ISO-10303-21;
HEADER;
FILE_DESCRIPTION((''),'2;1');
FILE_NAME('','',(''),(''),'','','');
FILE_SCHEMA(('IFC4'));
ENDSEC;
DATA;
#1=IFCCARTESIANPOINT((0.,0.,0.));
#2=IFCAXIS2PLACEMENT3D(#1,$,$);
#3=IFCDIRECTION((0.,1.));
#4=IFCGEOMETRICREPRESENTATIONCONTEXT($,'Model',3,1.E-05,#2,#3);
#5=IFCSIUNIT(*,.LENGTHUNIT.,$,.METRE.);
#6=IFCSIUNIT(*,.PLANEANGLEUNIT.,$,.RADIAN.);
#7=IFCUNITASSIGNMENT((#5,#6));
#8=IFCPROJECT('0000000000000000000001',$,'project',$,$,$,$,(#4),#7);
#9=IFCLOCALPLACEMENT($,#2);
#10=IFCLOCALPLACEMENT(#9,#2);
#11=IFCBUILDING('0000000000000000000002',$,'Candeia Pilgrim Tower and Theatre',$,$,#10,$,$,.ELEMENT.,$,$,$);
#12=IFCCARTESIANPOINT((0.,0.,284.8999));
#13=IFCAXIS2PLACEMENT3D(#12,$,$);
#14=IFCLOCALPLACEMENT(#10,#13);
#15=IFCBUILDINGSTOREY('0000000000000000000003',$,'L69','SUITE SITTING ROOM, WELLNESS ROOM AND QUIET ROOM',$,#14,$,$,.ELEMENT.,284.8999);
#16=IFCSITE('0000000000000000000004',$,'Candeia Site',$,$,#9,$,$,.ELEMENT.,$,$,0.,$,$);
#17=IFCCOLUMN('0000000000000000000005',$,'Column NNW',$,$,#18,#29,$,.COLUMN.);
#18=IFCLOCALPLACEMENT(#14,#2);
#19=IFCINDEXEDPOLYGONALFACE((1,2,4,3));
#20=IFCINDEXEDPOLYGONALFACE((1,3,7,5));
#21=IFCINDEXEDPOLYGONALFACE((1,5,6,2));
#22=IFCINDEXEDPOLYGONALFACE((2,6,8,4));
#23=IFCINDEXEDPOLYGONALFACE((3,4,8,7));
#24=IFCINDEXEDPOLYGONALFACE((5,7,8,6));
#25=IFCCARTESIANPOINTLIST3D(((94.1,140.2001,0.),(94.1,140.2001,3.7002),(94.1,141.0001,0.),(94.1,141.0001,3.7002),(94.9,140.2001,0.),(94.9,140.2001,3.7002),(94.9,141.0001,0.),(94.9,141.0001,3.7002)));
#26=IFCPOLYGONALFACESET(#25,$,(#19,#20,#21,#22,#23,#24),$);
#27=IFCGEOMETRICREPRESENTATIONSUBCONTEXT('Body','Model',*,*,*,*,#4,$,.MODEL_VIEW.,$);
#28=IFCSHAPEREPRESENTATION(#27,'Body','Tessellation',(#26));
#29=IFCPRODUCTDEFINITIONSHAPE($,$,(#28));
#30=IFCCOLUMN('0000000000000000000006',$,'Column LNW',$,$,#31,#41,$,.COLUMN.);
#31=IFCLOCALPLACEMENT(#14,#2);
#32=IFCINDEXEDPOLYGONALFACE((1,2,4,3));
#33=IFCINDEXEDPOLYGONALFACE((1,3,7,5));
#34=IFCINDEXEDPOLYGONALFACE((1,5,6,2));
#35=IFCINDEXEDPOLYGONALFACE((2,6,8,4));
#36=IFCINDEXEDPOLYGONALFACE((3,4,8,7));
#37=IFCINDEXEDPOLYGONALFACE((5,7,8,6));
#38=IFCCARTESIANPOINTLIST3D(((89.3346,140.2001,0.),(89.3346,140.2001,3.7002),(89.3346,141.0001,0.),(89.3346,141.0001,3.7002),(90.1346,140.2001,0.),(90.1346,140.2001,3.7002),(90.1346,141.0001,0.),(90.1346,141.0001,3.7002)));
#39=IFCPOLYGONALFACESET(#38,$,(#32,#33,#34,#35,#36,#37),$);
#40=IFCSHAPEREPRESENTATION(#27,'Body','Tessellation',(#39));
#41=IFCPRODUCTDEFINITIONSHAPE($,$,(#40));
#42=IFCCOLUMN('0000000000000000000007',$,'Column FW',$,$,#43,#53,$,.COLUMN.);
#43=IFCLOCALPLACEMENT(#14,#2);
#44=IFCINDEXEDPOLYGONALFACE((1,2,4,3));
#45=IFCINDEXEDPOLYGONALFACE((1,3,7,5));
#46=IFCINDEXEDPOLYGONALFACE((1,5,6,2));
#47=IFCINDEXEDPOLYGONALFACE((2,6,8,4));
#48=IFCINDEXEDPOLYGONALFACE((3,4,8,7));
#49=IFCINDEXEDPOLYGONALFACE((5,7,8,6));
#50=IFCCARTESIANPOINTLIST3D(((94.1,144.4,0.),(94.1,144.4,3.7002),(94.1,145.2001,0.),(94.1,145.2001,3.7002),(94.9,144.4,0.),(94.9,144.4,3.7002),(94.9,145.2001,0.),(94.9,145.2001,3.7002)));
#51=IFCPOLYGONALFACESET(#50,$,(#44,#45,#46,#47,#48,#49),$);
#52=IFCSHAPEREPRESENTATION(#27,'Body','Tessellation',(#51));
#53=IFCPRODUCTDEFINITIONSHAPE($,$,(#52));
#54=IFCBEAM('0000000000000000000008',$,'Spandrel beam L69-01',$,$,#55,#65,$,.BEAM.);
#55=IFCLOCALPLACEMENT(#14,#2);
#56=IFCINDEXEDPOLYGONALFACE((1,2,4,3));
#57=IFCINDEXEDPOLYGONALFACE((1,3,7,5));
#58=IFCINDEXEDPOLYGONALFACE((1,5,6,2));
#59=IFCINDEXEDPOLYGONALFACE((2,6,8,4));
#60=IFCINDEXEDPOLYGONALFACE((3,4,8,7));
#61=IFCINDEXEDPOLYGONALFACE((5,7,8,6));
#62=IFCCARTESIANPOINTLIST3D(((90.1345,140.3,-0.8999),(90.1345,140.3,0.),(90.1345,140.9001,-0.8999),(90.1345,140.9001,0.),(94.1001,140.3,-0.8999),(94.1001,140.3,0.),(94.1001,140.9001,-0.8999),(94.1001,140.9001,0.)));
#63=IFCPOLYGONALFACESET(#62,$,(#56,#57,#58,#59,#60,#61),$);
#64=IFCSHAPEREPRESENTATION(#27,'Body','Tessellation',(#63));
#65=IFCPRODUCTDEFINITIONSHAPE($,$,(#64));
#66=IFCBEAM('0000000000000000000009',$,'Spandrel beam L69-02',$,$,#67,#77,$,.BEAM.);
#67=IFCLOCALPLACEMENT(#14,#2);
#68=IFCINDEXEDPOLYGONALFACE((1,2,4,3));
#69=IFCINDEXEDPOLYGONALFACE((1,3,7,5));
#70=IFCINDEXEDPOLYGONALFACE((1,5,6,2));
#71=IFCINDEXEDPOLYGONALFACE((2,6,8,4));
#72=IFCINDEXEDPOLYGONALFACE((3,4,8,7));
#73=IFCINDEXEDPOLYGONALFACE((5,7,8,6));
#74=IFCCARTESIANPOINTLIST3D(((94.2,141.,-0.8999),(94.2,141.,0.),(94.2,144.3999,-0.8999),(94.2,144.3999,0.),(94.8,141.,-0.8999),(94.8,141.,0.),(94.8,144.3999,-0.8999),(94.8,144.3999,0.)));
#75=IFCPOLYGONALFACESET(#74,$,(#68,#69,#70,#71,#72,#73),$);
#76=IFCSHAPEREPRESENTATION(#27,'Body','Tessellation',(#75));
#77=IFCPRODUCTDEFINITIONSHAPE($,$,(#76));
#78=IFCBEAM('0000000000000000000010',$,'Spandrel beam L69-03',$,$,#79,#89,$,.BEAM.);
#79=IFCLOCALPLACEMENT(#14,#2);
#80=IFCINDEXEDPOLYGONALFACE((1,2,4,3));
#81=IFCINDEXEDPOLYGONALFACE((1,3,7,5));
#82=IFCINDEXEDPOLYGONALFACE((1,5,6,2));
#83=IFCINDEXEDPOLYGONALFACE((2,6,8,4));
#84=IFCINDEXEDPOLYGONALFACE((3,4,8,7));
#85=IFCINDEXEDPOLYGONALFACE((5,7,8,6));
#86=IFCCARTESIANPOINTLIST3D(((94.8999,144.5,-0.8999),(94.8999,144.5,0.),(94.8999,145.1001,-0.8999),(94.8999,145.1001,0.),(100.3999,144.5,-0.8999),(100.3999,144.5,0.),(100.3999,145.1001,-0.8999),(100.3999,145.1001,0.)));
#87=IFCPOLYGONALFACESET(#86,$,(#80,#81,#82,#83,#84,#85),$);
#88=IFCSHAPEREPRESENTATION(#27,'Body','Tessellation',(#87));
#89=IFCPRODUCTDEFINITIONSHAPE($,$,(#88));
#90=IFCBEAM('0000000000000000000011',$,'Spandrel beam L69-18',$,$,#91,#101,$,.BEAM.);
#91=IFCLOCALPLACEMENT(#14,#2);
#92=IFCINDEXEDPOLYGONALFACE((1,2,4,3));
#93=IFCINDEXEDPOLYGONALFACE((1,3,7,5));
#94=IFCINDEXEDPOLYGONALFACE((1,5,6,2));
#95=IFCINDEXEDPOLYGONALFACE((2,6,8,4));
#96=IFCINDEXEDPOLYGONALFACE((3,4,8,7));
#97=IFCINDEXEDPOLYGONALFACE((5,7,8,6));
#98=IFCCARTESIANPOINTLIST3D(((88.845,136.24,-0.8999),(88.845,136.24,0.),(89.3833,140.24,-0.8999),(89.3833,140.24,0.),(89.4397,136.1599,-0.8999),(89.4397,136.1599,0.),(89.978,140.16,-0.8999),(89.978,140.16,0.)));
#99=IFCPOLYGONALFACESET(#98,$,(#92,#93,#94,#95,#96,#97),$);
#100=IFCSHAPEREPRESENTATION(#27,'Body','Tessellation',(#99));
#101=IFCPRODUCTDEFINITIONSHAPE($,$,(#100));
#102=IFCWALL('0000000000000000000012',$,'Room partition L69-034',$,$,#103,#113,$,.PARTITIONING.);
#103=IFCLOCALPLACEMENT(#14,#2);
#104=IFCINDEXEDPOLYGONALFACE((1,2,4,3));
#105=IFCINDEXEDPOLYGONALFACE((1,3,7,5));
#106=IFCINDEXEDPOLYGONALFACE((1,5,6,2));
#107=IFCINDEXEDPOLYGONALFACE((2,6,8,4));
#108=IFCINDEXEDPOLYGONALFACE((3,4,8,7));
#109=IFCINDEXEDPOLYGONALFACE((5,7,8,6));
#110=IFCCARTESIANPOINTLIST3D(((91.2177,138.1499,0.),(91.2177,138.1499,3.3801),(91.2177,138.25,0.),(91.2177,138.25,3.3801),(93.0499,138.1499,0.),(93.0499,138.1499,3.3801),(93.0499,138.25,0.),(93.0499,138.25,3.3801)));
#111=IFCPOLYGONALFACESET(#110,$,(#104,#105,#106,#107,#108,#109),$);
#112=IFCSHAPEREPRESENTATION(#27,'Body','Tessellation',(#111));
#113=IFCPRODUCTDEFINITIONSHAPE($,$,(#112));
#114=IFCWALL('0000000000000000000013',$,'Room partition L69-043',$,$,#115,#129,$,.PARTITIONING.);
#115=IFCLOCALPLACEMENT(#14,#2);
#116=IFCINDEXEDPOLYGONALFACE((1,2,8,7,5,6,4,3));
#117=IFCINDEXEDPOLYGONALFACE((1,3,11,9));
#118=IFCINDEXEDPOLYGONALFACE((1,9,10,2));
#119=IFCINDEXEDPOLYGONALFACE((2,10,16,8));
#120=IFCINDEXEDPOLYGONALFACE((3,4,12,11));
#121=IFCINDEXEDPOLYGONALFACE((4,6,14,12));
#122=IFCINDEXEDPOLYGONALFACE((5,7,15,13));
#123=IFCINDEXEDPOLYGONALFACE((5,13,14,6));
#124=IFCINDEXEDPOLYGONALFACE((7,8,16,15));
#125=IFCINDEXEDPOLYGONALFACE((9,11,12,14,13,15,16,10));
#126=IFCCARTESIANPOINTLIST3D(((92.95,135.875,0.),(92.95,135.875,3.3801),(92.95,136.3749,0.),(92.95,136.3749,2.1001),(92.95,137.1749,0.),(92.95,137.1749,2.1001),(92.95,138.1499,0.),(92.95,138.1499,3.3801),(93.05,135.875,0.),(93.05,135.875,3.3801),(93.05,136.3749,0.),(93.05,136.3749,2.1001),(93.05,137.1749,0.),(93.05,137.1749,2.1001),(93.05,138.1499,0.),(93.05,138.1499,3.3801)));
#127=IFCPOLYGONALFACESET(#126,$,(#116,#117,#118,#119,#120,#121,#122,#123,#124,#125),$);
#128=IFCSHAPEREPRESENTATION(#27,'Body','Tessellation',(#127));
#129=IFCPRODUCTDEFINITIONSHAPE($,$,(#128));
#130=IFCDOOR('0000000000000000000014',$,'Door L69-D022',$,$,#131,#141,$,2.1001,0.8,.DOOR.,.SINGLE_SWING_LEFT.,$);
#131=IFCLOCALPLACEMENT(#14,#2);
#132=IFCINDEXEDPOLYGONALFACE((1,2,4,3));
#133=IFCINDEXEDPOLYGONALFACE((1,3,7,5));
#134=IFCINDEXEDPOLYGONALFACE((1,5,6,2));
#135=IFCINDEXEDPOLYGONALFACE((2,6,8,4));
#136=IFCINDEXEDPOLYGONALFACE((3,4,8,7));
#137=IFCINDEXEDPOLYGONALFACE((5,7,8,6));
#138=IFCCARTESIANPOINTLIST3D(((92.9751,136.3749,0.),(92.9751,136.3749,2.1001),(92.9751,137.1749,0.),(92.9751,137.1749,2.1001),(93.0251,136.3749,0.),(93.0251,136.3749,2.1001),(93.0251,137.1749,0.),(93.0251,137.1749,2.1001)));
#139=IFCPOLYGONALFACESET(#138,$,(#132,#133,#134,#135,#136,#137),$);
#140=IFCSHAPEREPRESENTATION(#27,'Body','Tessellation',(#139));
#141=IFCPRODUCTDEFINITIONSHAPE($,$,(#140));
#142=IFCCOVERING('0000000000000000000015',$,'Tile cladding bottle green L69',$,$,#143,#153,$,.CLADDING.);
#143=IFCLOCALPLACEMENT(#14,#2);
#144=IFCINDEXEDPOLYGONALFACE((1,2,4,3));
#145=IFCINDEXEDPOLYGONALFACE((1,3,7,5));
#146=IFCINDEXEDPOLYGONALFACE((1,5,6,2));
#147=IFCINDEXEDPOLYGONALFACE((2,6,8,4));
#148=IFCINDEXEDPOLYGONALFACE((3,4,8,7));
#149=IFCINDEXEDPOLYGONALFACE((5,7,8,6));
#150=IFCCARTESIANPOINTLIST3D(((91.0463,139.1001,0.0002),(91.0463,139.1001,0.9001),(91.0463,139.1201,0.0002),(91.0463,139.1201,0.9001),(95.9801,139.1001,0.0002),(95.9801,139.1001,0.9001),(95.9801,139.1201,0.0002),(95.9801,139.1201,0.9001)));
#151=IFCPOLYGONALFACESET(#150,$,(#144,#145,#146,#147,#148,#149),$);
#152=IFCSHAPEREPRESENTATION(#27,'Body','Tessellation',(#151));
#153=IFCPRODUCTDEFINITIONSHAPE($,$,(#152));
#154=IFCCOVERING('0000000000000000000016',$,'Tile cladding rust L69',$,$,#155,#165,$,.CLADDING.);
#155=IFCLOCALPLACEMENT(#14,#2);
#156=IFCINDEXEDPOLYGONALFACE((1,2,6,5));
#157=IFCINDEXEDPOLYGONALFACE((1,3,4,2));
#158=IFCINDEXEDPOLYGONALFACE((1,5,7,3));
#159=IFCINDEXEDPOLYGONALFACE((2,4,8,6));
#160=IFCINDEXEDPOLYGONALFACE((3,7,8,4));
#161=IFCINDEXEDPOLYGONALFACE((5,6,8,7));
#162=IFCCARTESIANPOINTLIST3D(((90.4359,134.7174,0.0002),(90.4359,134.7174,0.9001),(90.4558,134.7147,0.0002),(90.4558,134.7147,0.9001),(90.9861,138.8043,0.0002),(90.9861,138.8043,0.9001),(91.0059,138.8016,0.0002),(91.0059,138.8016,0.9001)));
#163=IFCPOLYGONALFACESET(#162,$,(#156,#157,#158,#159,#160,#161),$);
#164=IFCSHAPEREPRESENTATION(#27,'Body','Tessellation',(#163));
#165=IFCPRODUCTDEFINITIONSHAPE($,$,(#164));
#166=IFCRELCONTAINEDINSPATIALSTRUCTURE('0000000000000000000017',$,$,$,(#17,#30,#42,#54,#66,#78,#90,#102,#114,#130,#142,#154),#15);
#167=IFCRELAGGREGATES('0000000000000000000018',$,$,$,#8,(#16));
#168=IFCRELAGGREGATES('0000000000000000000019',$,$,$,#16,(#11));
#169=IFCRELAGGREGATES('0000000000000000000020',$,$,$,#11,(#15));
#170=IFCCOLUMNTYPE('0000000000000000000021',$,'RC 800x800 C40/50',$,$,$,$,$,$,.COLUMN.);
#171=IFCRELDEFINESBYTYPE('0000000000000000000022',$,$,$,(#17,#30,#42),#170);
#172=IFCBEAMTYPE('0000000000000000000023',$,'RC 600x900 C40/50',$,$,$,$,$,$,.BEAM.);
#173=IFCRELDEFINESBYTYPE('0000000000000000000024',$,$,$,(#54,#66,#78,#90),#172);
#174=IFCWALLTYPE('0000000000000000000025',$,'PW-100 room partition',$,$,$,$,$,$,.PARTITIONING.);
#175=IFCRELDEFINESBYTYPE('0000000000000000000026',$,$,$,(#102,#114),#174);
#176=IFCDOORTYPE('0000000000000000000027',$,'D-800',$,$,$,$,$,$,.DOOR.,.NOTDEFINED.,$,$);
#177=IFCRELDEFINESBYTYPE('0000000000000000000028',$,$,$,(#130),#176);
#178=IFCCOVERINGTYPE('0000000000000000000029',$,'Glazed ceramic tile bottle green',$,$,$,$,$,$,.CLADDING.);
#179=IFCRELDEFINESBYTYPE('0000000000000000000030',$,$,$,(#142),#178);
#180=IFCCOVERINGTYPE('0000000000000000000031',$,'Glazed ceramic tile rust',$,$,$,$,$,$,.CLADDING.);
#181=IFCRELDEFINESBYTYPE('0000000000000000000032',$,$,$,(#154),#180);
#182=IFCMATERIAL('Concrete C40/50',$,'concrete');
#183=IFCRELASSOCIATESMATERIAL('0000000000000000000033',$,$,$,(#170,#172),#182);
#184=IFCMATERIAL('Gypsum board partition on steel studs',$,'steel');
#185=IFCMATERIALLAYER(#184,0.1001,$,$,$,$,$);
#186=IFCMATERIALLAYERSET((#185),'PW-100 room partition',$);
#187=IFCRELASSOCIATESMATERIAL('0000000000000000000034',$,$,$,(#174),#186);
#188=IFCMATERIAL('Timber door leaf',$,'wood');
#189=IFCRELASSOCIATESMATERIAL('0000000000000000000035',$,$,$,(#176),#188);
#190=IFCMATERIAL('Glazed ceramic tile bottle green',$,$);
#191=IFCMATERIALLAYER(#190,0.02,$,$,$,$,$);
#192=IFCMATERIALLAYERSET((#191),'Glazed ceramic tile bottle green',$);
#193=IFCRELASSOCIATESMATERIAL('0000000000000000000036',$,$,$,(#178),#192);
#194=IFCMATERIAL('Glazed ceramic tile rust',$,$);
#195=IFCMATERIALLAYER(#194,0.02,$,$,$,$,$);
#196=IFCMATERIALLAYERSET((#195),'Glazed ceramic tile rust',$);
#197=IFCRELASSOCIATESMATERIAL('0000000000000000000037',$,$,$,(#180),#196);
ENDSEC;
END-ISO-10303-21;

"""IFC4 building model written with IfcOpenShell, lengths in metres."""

from ifc_helpers import new_model, si_unit, direction, frame, frame_2d, origin, origin_2d, place, context, subcontext, project, spatial, rectangle, extrude, material, layer, layer_set, material_profile, profile_set, type_object, element, fill, save


model = new_model("IFC4")

# Units and contexts
model_context = context("Model", 3, precision=1e-05, world=origin(), true_north=direction((0.0, 1.0)))
body_context = subcontext(model_context, "Body", "Model", "MODEL_VIEW")
ifc_project = project(units=[si_unit("LENGTHUNIT", "METRE"), si_unit("PLANEANGLEUNIT", "RADIAN")], contexts=[model_context])

# Site, building, storey
site_placement = place(None, origin())
site = spatial("IfcSite", under=ifc_project, at=site_placement, Name="Candeia Site", CompositionType="ELEMENT", RefElevation=0.0)
building_placement = place(site_placement, origin())
building = spatial("IfcBuilding", under=site, at=building_placement, Name="Candeia Pilgrim Tower and Theatre", CompositionType="ELEMENT")
storey_placement = place(building_placement, frame((0.0, 0.0, 284.8999)))
storey = spatial("IfcBuildingStorey", under=building, at=storey_placement, Name="L69", Description="SUITE SITTING ROOM, WELLNESS ROOM AND QUIET ROOM", CompositionType="ELEMENT", Elevation=284.8999)

# Columns
ifc_material_1 = material(Name="Concrete C40/50", Category="concrete")
ifc_material_profile_1 = material_profile(ifc_material_1, rectangle(XDim=0.8, YDim=0.8, at=origin_2d()))
ifc_profile_set_1 = profile_set([ifc_material_profile_1], Name="Concrete C40/50")
column_type = type_object("IfcColumnType", Name="RC 800x800 C40/50", PredefinedType="COLUMN", material=ifc_profile_set_1)
for number, where, z_axis, x_axis, name in (
    (1, (94.5, 140.6001, 0.0), (0.0, 0.0, 1.0), (1.0, 0.0, 0.0), "Column NNW"),
    (2, (89.7346, 140.6001, 0.0), (0.0, 0.0, 1.0), (1.0, 0.0, 0.0), "Column LNW"),
    (3, (94.5, 144.8, 0.0), (0.0, 0.0, 1.0), (1.0, 0.0, 0.0), "Column FW"),
):
    element("IfcColumn", number, at=place(storey_placement, frame(where, z_axis=z_axis, x_axis=x_axis)), inside=storey, type_object=column_type, Name=name, PredefinedType="COLUMN", context=body_context, shape_type="SweptSolid", body=[
        extrude(rectangle(XDim=0.8, YDim=0.8, at=origin_2d()), origin(), (0.0, 0.0, 1.0), 3.7002),
    ])

# Beams
ifc_material_profile_2 = material_profile(ifc_material_1, rectangle(XDim=0.6001, YDim=0.8999, at=origin_2d()))
ifc_profile_set_2 = profile_set([ifc_material_profile_2], Name="Concrete C40/50")
beam_type = type_object("IfcBeamType", Name="RC 600x900 C40/50", PredefinedType="BEAM", material=ifc_profile_set_2)
beam_1_placement = place(storey_placement, frame((90.1345, 140.6001, -0.45), z_axis=(1.0, 0.0, 0.0), x_axis=(0.0, 1.0, 0.0)))
element("IfcBeam", 4, at=beam_1_placement, inside=storey, type_object=beam_type, Name="Spandrel beam L69-01", PredefinedType="BEAM", context=body_context, shape_type="SweptSolid", body=[
    extrude(rectangle(XDim=0.6001, YDim=0.8999, at=origin_2d()), origin(), (0.0, 0.0, 1.0), 3.9656),
])
beam_2_placement = place(storey_placement, frame((94.5, 141.0, -0.45), z_axis=(0.0, 1.0, 0.0), x_axis=(-1.0, 0.0, 0.0)))
element("IfcBeam", 5, at=beam_2_placement, inside=storey, type_object=beam_type, Name="Spandrel beam L69-02", PredefinedType="BEAM", context=body_context, shape_type="SweptSolid", body=[
    extrude(rectangle(XDim=0.6001, YDim=0.8999, at=origin_2d()), origin(), (0.0, 0.0, 1.0), 3.3999),
])
beam_3_placement = place(storey_placement, frame((94.8999, 144.8, -0.45), z_axis=(1.0, 0.0, 0.0), x_axis=(0.0, 1.0, 0.0)))
element("IfcBeam", 6, at=beam_3_placement, inside=storey, type_object=beam_type, Name="Spandrel beam L69-03", PredefinedType="BEAM", context=body_context, shape_type="SweptSolid", body=[
    extrude(rectangle(XDim=0.6001, YDim=0.8999, at=origin_2d()), origin(), (0.0, 0.0, 1.0), 5.5),
])
beam_4_placement = place(storey_placement, frame((89.1423, 136.2, -0.45), z_axis=(0.13338, 0.991065, 0.0), x_axis=(-0.991065, 0.13338, 0.0)))
element("IfcBeam", 7, at=beam_4_placement, inside=storey, type_object=beam_type, Name="Spandrel beam L69-18", PredefinedType="BEAM", context=body_context, shape_type="SweptSolid", body=[
    extrude(rectangle(XDim=0.6001, YDim=0.8999, at=origin_2d()), origin(), (0.0, 0.0, 1.0), 4.0361),
])

# Wall
ifc_material_2 = material(Name="Gypsum board partition on steel studs", Category="steel")
ifc_layer_1 = layer(ifc_material_2, 0.1001)
ifc_layer_set_1 = layer_set([ifc_layer_1], Name="PW-100 room partition")
wall_type_1 = type_object("IfcWallType", Name="PW-100 room partition", PredefinedType="PARTITIONING", material=ifc_layer_set_1)
wall_1_placement = place(storey_placement, frame((91.2178, 138.2, 0.0), z_axis=(0.0, 0.0, 1.0), x_axis=(1.0, 0.0, 0.0)))
element("IfcWall", 8, at=wall_1_placement, inside=storey, type_object=wall_type_1, Name="Room partition L69-034", PredefinedType="PARTITIONING", context=body_context, shape_type="SweptSolid", body=[
    extrude(rectangle(XDim=1.8323, YDim=0.1001, at=frame_2d((0.916, 0.0))), origin(), (0.0, 0.0, 1.0), 3.3801),
])

# Wall, opening, door
wall_2_placement = place(storey_placement, frame((93.0, 135.875, 0.0), z_axis=(0.0, 0.0, 1.0), x_axis=(0.0, 1.0, 0.0)))
wall_2 = element("IfcWall", 9, at=wall_2_placement, inside=storey, type_object=wall_type_1, Name="Room partition L69-043", PredefinedType="PARTITIONING", context=body_context, shape_type="SweptSolid", body=[
    extrude(rectangle(XDim=2.2749, YDim=0.1001, at=frame_2d((1.1375, 0.0))), origin(), (0.0, 0.0, 1.0), 3.3801),
])
opening_1_placement = place(wall_2_placement, frame((0.5, 0.0, 0.0)))
opening_1 = element("IfcOpeningElement", 10, at=opening_1_placement, cuts=wall_2, PredefinedType="OPENING", context=body_context, shape_type="SweptSolid", body=[
    extrude(rectangle(XDim=0.8, YDim=2.1001, at=frame_2d((0.3999, 1.05))), frame((0.0, 0.0601, 0.0), z_axis=(0.0, -1.0, 0.0), x_axis=(1.0, 0.0, 0.0)), (0.0, 0.0, 1.0), 0.1201),
])
ifc_material_3 = material(Name="Timber door leaf", Category="wood")
door_type_1 = type_object("IfcDoorType", Name="D-800", OperationType="NOTDEFINED", PredefinedType="DOOR", material=ifc_material_3)
door_1_placement = place(opening_1_placement, origin())
door_1 = element("IfcDoor", 11, at=door_1_placement, inside=storey, type_object=door_type_1, Name="Door L69-D022", OperationType="SINGLE_SWING_LEFT", OverallHeight=2.1001, OverallWidth=0.8, PredefinedType="DOOR", context=body_context, shape_type="SweptSolid", body=[
    extrude(rectangle(XDim=0.8, YDim=2.1001, at=frame_2d((0.3999, 1.05))), frame((0.0, 0.0249, 0.0), z_axis=(0.0, -1.0, 0.0), x_axis=(1.0, 0.0, 0.0)), (0.0, 0.0, 1.0), 0.05),
])
fill(opening_1, door_1)

# Coverings
ifc_material_4 = material(Name="Glazed ceramic tile bottle green")
ifc_layer_2 = layer(ifc_material_4, 0.02)
ifc_layer_set_2 = layer_set([ifc_layer_2], Name="Glazed ceramic tile bottle green")
covering_type_1 = type_object("IfcCoveringType", Name="Glazed ceramic tile bottle green", PredefinedType="CLADDING", material=ifc_layer_set_2)
covering_1_placement = place(storey_placement, frame((93.5132, 139.1101, 0.0002), z_axis=(0.0, 0.0, 1.0), x_axis=(-1.0, 0.0, 0.0)))
element("IfcCovering", 12, at=covering_1_placement, inside=storey, type_object=covering_type_1, Name="Tile cladding bottle green L69", PredefinedType="CLADDING", context=body_context, shape_type="SweptSolid", body=[
    extrude(rectangle(XDim=4.9338, YDim=0.02, at=origin_2d()), origin(), (0.0, 0.0, 1.0), 0.8999),
])
ifc_material_5 = material(Name="Glazed ceramic tile rust")
ifc_layer_3 = layer(ifc_material_5, 0.02)
ifc_layer_set_3 = layer_set([ifc_layer_3], Name="Glazed ceramic tile rust")
covering_type_2 = type_object("IfcCoveringType", Name="Glazed ceramic tile rust", PredefinedType="CLADDING", material=ifc_layer_set_3)
covering_2_placement = place(storey_placement, frame((90.7209, 136.7595, 0.0002), z_axis=(0.0, 0.0, 1.0), x_axis=(-0.133412, -0.991061, 0.0)))
element("IfcCovering", 13, at=covering_2_placement, inside=storey, type_object=covering_type_2, Name="Tile cladding rust L69", PredefinedType="CLADDING", context=body_context, shape_type="SweptSolid", body=[
    extrude(rectangle(XDim=4.1238, YDim=0.02, at=origin_2d()), origin(), (0.0, 0.0, 1.0), 0.8999),
])

save(model, "model.ifc")
